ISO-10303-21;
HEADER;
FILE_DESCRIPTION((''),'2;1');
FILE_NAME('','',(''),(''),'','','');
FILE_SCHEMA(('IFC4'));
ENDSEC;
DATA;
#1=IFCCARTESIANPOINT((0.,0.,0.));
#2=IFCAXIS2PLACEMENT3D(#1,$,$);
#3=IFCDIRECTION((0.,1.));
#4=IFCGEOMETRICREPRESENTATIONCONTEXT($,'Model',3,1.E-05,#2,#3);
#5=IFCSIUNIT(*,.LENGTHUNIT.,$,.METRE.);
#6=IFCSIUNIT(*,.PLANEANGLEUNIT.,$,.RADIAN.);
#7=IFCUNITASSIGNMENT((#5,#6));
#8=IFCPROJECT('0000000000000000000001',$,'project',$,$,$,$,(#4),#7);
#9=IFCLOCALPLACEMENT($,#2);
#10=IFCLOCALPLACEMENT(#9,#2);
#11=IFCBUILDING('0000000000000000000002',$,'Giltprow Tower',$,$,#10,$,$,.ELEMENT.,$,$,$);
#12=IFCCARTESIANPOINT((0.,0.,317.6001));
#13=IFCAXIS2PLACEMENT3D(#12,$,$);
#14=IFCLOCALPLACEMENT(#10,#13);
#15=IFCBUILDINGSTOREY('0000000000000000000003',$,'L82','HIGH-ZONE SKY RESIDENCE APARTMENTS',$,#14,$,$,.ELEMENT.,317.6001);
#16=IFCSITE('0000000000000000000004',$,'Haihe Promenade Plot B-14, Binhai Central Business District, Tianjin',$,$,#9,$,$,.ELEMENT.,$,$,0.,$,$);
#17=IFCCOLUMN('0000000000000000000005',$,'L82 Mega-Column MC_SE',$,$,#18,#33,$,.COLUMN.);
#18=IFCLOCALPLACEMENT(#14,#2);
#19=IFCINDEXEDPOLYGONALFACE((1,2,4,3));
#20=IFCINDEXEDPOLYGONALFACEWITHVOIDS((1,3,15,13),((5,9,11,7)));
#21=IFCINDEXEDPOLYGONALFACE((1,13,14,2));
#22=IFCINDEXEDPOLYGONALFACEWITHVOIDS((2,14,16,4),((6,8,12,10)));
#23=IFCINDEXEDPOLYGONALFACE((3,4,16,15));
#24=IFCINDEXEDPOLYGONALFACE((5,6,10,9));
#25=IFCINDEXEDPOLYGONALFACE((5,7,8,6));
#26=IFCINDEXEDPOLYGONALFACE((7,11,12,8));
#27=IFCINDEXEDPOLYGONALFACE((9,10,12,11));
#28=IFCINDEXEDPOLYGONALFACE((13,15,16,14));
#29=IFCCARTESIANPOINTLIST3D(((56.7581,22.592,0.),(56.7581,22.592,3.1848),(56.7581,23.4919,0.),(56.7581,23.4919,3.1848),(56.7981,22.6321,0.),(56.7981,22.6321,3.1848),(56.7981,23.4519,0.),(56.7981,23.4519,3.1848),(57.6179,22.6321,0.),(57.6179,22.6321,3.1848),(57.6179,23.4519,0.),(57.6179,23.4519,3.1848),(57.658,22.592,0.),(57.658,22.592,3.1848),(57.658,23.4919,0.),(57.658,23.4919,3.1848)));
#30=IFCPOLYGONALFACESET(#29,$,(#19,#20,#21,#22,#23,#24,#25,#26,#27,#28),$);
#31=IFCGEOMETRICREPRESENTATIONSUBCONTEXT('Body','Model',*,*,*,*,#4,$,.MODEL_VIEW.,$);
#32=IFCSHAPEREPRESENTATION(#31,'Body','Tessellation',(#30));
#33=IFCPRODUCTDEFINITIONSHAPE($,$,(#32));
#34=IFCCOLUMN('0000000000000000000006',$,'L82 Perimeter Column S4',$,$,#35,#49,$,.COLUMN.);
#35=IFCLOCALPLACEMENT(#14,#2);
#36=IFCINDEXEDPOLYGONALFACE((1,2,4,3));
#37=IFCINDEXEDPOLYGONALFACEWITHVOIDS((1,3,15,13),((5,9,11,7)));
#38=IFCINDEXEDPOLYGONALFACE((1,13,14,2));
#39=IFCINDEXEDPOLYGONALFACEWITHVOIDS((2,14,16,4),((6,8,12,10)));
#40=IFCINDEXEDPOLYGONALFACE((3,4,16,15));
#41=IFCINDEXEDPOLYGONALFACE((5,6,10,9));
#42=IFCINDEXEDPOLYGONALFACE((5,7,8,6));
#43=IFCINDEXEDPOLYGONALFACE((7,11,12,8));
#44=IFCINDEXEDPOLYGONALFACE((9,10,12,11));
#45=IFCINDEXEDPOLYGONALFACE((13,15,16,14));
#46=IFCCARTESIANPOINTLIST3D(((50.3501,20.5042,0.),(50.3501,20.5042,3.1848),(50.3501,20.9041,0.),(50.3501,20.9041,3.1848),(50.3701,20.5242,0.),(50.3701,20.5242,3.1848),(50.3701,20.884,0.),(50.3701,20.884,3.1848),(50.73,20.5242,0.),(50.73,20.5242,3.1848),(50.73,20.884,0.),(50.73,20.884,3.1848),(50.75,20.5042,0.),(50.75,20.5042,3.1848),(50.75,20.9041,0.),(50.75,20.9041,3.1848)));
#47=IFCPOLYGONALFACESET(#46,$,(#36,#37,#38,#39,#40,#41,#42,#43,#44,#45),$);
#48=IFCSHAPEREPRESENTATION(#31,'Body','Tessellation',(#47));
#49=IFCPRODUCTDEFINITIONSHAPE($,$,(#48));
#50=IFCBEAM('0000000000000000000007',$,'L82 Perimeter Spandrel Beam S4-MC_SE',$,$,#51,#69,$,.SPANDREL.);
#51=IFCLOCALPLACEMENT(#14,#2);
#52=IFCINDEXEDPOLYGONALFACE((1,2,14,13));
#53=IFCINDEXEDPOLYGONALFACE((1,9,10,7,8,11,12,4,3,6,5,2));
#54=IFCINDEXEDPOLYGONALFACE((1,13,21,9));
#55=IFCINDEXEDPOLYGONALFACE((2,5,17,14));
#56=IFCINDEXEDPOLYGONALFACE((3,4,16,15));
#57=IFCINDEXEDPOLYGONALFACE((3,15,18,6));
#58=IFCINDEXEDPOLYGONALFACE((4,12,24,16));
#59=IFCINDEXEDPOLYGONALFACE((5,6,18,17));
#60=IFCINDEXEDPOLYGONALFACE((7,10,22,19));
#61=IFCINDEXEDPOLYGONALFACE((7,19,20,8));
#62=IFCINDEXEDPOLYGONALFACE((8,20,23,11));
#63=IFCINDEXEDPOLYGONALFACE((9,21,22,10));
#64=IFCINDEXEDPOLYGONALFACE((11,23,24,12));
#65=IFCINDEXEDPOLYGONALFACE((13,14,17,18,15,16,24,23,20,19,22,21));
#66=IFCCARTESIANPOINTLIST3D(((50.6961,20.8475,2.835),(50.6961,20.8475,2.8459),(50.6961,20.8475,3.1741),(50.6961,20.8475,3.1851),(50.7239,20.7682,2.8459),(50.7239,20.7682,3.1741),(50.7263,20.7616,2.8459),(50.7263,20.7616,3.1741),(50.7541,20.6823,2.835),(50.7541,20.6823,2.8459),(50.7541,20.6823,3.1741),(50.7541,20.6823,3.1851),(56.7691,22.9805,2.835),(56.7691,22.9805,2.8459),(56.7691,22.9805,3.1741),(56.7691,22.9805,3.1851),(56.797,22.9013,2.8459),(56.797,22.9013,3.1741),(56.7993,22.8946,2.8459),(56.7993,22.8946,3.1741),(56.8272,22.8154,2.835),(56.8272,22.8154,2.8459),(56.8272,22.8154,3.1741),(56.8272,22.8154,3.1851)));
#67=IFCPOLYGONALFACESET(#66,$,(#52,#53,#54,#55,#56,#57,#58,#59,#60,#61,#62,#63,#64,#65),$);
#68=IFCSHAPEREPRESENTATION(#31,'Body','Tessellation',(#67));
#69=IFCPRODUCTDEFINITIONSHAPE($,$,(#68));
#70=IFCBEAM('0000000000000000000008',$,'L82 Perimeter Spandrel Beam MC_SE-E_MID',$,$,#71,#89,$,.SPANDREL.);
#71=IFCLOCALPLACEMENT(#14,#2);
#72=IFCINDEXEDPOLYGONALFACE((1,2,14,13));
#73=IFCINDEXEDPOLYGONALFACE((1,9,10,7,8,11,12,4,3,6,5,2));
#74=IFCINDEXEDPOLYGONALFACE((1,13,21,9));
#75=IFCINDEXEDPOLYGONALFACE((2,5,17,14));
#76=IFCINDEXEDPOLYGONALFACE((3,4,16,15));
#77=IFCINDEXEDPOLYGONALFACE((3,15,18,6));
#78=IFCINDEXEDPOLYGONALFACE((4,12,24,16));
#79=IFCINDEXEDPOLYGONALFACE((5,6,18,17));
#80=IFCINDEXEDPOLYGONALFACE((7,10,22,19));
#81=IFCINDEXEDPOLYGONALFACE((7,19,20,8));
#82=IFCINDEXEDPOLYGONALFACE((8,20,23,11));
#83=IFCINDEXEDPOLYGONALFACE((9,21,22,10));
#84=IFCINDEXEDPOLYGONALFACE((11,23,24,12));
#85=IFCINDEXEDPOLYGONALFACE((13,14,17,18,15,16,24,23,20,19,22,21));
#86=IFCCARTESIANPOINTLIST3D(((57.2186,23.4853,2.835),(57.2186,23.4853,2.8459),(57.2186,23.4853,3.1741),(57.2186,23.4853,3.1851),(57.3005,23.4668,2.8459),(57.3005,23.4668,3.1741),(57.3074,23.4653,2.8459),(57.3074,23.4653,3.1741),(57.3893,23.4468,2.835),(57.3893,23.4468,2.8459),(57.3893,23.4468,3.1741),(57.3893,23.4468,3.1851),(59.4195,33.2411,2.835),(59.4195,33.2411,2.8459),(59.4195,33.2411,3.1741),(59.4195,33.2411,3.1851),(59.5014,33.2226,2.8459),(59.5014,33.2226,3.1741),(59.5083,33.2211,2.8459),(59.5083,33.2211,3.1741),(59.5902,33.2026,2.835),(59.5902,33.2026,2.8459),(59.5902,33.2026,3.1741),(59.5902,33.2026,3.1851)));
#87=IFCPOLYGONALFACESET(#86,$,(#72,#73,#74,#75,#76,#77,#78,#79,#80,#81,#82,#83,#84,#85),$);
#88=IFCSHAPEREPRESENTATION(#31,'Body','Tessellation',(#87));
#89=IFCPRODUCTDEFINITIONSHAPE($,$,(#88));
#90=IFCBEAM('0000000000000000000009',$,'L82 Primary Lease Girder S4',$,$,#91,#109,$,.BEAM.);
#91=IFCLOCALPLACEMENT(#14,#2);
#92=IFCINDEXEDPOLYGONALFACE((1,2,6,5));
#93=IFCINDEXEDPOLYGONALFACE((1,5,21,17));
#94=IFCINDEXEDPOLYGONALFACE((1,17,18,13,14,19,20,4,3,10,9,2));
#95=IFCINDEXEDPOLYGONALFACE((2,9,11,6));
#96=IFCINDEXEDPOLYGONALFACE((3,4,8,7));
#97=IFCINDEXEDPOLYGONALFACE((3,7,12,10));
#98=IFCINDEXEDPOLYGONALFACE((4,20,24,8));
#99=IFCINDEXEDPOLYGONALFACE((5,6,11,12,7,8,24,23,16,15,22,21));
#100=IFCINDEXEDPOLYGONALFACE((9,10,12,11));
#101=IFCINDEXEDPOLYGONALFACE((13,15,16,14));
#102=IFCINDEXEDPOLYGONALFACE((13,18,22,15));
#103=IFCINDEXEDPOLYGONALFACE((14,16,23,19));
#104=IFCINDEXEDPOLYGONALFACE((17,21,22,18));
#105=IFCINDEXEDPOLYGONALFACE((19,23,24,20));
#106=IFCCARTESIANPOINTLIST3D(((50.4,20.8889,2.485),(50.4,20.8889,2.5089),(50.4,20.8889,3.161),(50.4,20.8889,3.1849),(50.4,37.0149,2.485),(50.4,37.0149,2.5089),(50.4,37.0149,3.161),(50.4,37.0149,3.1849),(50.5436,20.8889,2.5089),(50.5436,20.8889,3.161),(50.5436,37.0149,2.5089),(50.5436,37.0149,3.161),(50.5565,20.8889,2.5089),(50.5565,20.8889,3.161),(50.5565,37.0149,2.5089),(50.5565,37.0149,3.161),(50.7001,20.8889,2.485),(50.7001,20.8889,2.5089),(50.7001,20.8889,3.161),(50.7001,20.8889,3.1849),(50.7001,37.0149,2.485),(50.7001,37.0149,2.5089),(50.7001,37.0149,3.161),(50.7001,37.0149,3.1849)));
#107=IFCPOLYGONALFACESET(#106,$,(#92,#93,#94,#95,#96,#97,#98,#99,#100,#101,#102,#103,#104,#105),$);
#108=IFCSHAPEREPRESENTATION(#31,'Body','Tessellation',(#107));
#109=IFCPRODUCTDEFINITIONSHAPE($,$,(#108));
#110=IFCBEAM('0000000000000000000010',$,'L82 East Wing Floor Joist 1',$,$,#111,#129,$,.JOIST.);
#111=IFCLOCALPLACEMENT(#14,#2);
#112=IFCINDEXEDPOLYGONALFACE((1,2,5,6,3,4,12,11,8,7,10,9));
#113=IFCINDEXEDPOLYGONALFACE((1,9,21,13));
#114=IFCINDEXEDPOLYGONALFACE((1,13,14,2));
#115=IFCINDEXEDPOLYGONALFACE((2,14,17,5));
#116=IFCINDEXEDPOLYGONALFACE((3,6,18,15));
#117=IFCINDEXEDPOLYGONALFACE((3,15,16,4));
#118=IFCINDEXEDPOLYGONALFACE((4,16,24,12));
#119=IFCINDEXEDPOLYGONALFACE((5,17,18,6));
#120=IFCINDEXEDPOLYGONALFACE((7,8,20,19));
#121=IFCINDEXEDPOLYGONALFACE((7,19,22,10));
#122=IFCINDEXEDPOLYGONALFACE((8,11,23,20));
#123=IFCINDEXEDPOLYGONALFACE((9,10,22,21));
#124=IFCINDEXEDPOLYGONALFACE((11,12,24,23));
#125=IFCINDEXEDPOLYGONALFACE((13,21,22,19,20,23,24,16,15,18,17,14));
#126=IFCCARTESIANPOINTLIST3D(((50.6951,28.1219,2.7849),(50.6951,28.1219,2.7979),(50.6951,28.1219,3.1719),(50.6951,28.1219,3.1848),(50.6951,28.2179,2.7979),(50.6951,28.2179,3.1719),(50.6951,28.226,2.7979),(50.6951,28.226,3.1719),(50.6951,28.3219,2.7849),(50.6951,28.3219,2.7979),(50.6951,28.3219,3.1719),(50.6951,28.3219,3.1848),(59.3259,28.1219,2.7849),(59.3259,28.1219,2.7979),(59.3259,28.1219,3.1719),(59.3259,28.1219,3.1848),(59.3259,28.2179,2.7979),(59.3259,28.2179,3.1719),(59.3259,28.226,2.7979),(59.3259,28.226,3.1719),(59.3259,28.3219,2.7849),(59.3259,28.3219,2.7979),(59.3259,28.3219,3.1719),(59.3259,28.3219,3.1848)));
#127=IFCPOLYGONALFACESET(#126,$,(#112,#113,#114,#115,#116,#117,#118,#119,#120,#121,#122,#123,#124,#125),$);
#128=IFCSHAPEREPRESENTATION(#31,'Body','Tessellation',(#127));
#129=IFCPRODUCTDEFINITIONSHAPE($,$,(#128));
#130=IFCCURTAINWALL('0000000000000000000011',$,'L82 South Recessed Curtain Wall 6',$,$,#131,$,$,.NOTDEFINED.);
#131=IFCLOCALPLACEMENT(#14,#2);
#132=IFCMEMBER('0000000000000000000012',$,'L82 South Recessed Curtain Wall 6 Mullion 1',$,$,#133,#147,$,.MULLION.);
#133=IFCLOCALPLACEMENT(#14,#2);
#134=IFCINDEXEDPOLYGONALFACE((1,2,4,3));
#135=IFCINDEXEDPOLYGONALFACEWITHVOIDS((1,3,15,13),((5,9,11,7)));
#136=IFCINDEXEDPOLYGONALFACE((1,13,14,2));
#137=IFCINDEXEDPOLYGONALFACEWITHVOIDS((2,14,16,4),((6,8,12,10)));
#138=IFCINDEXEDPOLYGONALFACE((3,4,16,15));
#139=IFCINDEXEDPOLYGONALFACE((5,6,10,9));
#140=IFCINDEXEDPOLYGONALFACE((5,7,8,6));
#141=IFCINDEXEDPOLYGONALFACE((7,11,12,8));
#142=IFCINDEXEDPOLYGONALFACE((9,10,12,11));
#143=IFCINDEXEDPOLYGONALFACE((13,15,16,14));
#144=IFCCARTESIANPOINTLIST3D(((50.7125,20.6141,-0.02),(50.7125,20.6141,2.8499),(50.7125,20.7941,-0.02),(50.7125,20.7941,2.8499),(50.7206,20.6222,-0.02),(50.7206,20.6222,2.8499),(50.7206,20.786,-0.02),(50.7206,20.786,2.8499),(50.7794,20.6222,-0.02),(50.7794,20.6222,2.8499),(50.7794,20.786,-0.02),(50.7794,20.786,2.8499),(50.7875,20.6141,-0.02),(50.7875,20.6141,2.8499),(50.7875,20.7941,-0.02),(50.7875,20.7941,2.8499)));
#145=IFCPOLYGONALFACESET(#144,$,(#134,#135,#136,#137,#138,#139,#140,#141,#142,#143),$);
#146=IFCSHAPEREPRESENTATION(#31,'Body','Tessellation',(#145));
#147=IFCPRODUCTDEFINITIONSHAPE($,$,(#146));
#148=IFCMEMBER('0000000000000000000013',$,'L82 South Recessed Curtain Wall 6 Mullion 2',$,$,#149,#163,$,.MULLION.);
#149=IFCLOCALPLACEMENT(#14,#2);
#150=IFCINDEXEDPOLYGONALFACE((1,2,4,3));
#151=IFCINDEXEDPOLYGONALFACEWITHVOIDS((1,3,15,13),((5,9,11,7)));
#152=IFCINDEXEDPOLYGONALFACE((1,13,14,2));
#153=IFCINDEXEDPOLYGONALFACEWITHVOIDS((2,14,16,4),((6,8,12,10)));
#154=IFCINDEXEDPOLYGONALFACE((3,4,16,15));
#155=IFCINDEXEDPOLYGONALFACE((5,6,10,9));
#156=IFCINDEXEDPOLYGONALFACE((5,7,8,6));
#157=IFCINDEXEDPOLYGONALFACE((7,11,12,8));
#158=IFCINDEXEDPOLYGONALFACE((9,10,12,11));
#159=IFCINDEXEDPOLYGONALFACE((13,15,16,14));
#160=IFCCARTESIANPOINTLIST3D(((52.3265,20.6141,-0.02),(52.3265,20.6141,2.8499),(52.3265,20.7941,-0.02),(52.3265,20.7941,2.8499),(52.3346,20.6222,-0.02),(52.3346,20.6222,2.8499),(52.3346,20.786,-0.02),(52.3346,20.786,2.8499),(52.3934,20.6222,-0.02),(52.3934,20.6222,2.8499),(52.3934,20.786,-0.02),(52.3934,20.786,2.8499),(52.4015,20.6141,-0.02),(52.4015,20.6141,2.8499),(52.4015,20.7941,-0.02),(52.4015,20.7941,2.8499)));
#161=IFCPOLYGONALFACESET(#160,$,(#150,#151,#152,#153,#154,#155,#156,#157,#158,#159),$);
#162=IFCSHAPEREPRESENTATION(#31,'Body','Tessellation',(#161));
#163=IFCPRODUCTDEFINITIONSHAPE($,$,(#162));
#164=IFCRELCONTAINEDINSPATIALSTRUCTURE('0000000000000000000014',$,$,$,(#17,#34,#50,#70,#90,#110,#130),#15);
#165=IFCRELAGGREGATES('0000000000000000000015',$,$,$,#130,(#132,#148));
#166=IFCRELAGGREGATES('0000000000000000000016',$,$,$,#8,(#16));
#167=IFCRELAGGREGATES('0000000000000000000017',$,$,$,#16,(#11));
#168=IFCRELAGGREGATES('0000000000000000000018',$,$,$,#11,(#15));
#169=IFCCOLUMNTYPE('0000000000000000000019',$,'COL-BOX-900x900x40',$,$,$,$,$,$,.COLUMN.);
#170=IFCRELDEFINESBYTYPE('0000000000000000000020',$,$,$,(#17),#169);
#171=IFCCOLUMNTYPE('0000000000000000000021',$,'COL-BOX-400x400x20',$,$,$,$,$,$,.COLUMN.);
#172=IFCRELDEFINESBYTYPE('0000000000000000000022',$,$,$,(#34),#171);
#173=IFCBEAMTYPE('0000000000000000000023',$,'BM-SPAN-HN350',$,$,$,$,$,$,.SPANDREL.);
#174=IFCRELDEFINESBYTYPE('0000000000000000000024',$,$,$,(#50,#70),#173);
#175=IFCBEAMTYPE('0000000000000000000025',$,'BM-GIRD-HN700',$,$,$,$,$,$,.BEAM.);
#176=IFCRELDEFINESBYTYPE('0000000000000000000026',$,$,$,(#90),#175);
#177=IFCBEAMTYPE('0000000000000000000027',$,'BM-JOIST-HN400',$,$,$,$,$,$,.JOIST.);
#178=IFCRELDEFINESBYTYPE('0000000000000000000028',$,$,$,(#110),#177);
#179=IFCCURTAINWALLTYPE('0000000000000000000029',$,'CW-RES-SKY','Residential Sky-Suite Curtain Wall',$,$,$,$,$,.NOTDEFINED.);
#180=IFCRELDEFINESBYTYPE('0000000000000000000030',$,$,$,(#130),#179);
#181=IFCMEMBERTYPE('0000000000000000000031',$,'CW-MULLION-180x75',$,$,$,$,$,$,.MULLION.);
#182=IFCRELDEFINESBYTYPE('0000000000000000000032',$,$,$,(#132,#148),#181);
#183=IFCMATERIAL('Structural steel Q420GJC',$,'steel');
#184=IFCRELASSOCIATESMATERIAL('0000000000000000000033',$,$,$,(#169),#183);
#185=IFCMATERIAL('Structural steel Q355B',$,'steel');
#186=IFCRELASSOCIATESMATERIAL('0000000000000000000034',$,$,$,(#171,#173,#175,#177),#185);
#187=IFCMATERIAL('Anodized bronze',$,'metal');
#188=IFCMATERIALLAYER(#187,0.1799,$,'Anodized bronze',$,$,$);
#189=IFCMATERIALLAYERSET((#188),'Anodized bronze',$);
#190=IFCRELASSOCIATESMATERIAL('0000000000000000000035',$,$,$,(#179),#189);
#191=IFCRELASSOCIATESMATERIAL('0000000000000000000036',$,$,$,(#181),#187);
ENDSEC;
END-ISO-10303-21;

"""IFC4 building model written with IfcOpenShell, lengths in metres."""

from ifc_helpers import new_model, si_unit, direction, frame, origin, origin_2d, place, context, subcontext, project, spatial, hollow_rectangle, i_section, extrude, source, transform, mapped, material, layer, layer_set, material_profile, profile_set, type_object, element, aggregate, save


model = new_model("IFC4")

# Units and contexts
model_context = context("Model", 3, precision=1e-05, world=origin(), true_north=direction((0.0, 1.0)))
body_context = subcontext(model_context, "Body", "Model", "MODEL_VIEW")
ifc_project = project(units=[si_unit("LENGTHUNIT", "METRE"), si_unit("PLANEANGLEUNIT", "RADIAN")], contexts=[model_context])

# Site, building, storey
site_placement = place(None, origin())
site = spatial("IfcSite", under=ifc_project, at=site_placement, Name="Haihe Promenade Plot B-14, Binhai Central Business District, Tianjin", CompositionType="ELEMENT", RefElevation=0.0)
building_placement = place(site_placement, origin())
building = spatial("IfcBuilding", under=site, at=building_placement, Name="Giltprow Tower", CompositionType="ELEMENT")
storey_placement = place(building_placement, frame((0.0, 0.0, 317.6001)))
storey = spatial("IfcBuildingStorey", under=building, at=storey_placement, Name="L82", Description="HIGH-ZONE SKY RESIDENCE APARTMENTS", CompositionType="ELEMENT", Elevation=317.6001)

# Columns
ifc_material_1 = material(Name="Structural steel Q420GJC", Category="steel")
ifc_material_profile_1 = material_profile(ifc_material_1, hollow_rectangle(XDim=0.8999, YDim=0.8999, WallThickness=0.04, at=origin_2d()), Name="BOX 900x900x40")
ifc_profile_set_1 = profile_set([ifc_material_profile_1], Name="Structural steel Q420GJC")
column_type_1 = type_object("IfcColumnType", Name="COL-BOX-900x900x40", PredefinedType="COLUMN", material=ifc_profile_set_1)
shared_shape_1 = source(origin(), body_context, "Body", "SweptSolid", [
    extrude(hollow_rectangle(XDim=0.8999, YDim=0.8999, WallThickness=0.04, at=origin_2d()), origin(), (0.0, 0.0, 1.0), 3.1848),
])
column_1_placement = place(storey_placement, frame((57.208, 23.042, 0.0), z_axis=(0.0, 0.0, 1.0), x_axis=(1.0, 0.0, 0.0)))
element("IfcColumn", 1, at=column_1_placement, inside=storey, type_object=column_type_1, Name="L82 Mega-Column MC_SE", PredefinedType="COLUMN", context=body_context, shape_type="MappedRepresentation", body=[
    mapped(shared_shape_1, transform((0.0, 0.0, 0.0), x_axis=(1.0, 0.0, 0.0), y_axis=(0.0, 1.0, 0.0), z_axis=(0.0, 0.0, 1.0), scale=1.0)),
])
ifc_material_2 = material(Name="Structural steel Q355B", Category="steel")
ifc_material_profile_2 = material_profile(ifc_material_2, hollow_rectangle(XDim=0.3999, YDim=0.3999, WallThickness=0.02, at=origin_2d()), Name="BOX 400x400x20")
ifc_profile_set_2 = profile_set([ifc_material_profile_2], Name="Structural steel Q355B")
column_type_2 = type_object("IfcColumnType", Name="COL-BOX-400x400x20", PredefinedType="COLUMN", material=ifc_profile_set_2)
shared_shape_2 = source(origin(), body_context, "Body", "SweptSolid", [
    extrude(hollow_rectangle(XDim=0.3999, YDim=0.3999, WallThickness=0.02, at=origin_2d()), origin(), (0.0, 0.0, 1.0), 3.1848),
])
column_2_placement = place(storey_placement, frame((50.55, 20.7041, 0.0), z_axis=(0.0, 0.0, 1.0), x_axis=(1.0, 0.0, 0.0)))
element("IfcColumn", 2, at=column_2_placement, inside=storey, type_object=column_type_2, Name="L82 Perimeter Column S4", PredefinedType="COLUMN", context=body_context, shape_type="MappedRepresentation", body=[
    mapped(shared_shape_2, transform((0.0, 0.0, 0.0), x_axis=(1.0, 0.0, 0.0), y_axis=(0.0, 1.0, 0.0), z_axis=(0.0, 0.0, 1.0), scale=1.0)),
])

# Beams
ifc_material_profile_3 = material_profile(ifc_material_2, i_section(OverallWidth=0.175, OverallDepth=0.3501, WebThickness=0.0071, FlangeThickness=0.011, at=origin_2d()), Name="HN 350x175x7x11")
ifc_profile_set_3 = profile_set([ifc_material_profile_3], Name="Structural steel Q355B")
beam_type_1 = type_object("IfcBeamType", Name="BM-SPAN-HN350", PredefinedType="SPANDREL", material=ifc_profile_set_3)
shared_shape_3 = source(origin(), body_context, "Body", "SweptSolid", [
    extrude(i_section(OverallWidth=0.175, OverallDepth=0.3501, WebThickness=0.0071, FlangeThickness=0.011, at=origin_2d()), origin(), (0.0, 0.0, 1.0), 6.4368),
])
beam_1_placement = place(storey_placement, frame((50.7251, 20.7649, 3.01), z_axis=(0.943494, 0.331389, 0.0), x_axis=(-0.331389, 0.943494, 0.0)))
element("IfcBeam", 3, at=beam_1_placement, inside=storey, type_object=beam_type_1, Name="L82 Perimeter Spandrel Beam S4-MC_SE", PredefinedType="SPANDREL", context=body_context, shape_type="MappedRepresentation", body=[
    mapped(shared_shape_3, transform((0.0, 0.0, 0.0), x_axis=(1.0, 0.0, 0.0), y_axis=(0.0, 1.0, 0.0), z_axis=(0.0, 0.0, 1.0), scale=1.0)),
])
shared_shape_4 = source(origin(), body_context, "Body", "SweptSolid", [
    extrude(i_section(OverallWidth=0.175, OverallDepth=0.3501, WebThickness=0.0071, FlangeThickness=0.011, at=origin_2d()), origin(), (0.0, 0.0, 1.0), 10.001),
])
beam_2_placement = place(storey_placement, frame((57.304, 23.4661, 3.01), z_axis=(0.22007, 0.975484, 0.0), x_axis=(-0.975484, 0.22007, 0.0)))
element("IfcBeam", 4, at=beam_2_placement, inside=storey, type_object=beam_type_1, Name="L82 Perimeter Spandrel Beam MC_SE-E_MID", PredefinedType="SPANDREL", context=body_context, shape_type="MappedRepresentation", body=[
    mapped(shared_shape_4, transform((0.0, 0.0, 0.0), x_axis=(1.0, 0.0, 0.0), y_axis=(0.0, 1.0, 0.0), z_axis=(0.0, 0.0, 1.0), scale=1.0)),
])
ifc_material_profile_4 = material_profile(ifc_material_2, i_section(OverallWidth=0.3, OverallDepth=0.7, WebThickness=0.0129, FlangeThickness=0.0239, at=origin_2d()), Name="HN 700x300x13x24")
ifc_profile_set_4 = profile_set([ifc_material_profile_4], Name="Structural steel Q355B")
beam_type_2 = type_object("IfcBeamType", Name="BM-GIRD-HN700", PredefinedType="BEAM", material=ifc_profile_set_4)
shared_shape_5 = source(origin(), body_context, "Body", "SweptSolid", [
    extrude(i_section(OverallWidth=0.3, OverallDepth=0.7, WebThickness=0.0129, FlangeThickness=0.0239, at=origin_2d()), origin(), (0.0, 0.0, 1.0), 16.126),
])
beam_3_placement = place(storey_placement, frame((50.55, 20.8889, 2.835), z_axis=(0.0, 1.0, 0.0), x_axis=(-1.0, 0.0, 0.0)))
element("IfcBeam", 5, at=beam_3_placement, inside=storey, type_object=beam_type_2, Name="L82 Primary Lease Girder S4", PredefinedType="BEAM", context=body_context, shape_type="MappedRepresentation", body=[
    mapped(shared_shape_5, transform((0.0, 0.0, 0.0), x_axis=(1.0, 0.0, 0.0), y_axis=(0.0, 1.0, 0.0), z_axis=(0.0, 0.0, 1.0), scale=1.0)),
])
ifc_material_profile_5 = material_profile(ifc_material_2, i_section(OverallWidth=0.2, OverallDepth=0.3999, WebThickness=0.0081, FlangeThickness=0.0129, at=origin_2d()), Name="HN 400x200x8x13")
ifc_profile_set_5 = profile_set([ifc_material_profile_5], Name="Structural steel Q355B")
beam_type_3 = type_object("IfcBeamType", Name="BM-JOIST-HN400", PredefinedType="JOIST", material=ifc_profile_set_5)
shared_shape_6 = source(origin(), body_context, "Body", "SweptSolid", [
    extrude(i_section(OverallWidth=0.2, OverallDepth=0.3999, WebThickness=0.0081, FlangeThickness=0.0129, at=origin_2d()), origin(), (0.0, 0.0, 1.0), 8.6309),
])
beam_4_placement = place(storey_placement, frame((50.6951, 28.2219, 2.9849), z_axis=(1.0, 0.0, 0.0), x_axis=(0.0, 1.0, 0.0)))
element("IfcBeam", 6, at=beam_4_placement, inside=storey, type_object=beam_type_3, Name="L82 East Wing Floor Joist 1", PredefinedType="JOIST", context=body_context, shape_type="MappedRepresentation", body=[
    mapped(shared_shape_6, transform((0.0, 0.0, 0.0), x_axis=(1.0, 0.0, 0.0), y_axis=(0.0, 1.0, 0.0), z_axis=(0.0, 0.0, 1.0), scale=1.0)),
])

# Curtain wall, members
ifc_material_3 = material(Name="Anodized bronze", Category="metal")
ifc_layer_1 = layer(ifc_material_3, 0.1799, Name="Anodized bronze")
ifc_layer_set_1 = layer_set([ifc_layer_1], Name="Anodized bronze")
curtain_wall_type = type_object("IfcCurtainWallType", Name="CW-RES-SKY", Description="Residential Sky-Suite Curtain Wall", PredefinedType="NOTDEFINED", material=ifc_layer_set_1)
curtain_wall_placement = place(storey_placement, origin())
curtain_wall = element("IfcCurtainWall", 7, at=curtain_wall_placement, inside=storey, type_object=curtain_wall_type, Name="L82 South Recessed Curtain Wall 6", PredefinedType="NOTDEFINED")
ifc_material_profile_6 = material_profile(ifc_material_3, hollow_rectangle(XDim=0.075, YDim=0.1799, WallThickness=0.0081, at=origin_2d()), Name="RHS 180x75x8")
ifc_profile_set_6 = profile_set([ifc_material_profile_6], Name="Anodized bronze")
member_type_1 = type_object("IfcMemberType", Name="CW-MULLION-180x75", PredefinedType="MULLION", material=ifc_profile_set_6)
shared_shape_7 = source(origin(), body_context, "Body", "SweptSolid", [
    extrude(hollow_rectangle(XDim=0.075, YDim=0.1799, WallThickness=0.0081, at=origin_2d()), origin(), (0.0, 0.0, 1.0), 2.8699),
])
member_1_placement = place(storey_placement, frame((50.75, 20.7041, -0.02), z_axis=(0.0, 0.0, 1.0), x_axis=(1.0, 0.0, 0.0)))
member_1 = element("IfcMember", 8, at=member_1_placement, type_object=member_type_1, Name="L82 South Recessed Curtain Wall 6 Mullion 1", PredefinedType="MULLION", context=body_context, shape_type="MappedRepresentation", body=[
    mapped(shared_shape_7, transform((0.0, 0.0, 0.0), x_axis=(1.0, 0.0, 0.0), y_axis=(0.0, 1.0, 0.0), z_axis=(0.0, 0.0, 1.0), scale=1.0)),
])
member_2_placement = place(storey_placement, frame((52.364, 20.7041, -0.02), z_axis=(0.0, 0.0, 1.0), x_axis=(1.0, 0.0, 0.0)))
member_2 = element("IfcMember", 9, at=member_2_placement, type_object=member_type_1, Name="L82 South Recessed Curtain Wall 6 Mullion 2", PredefinedType="MULLION", context=body_context, shape_type="MappedRepresentation", body=[
    mapped(shared_shape_7, transform((0.0, 0.0, 0.0), x_axis=(1.0, 0.0, 0.0), y_axis=(0.0, 1.0, 0.0), z_axis=(0.0, 0.0, 1.0), scale=1.0)),
])

aggregate(curtain_wall, [member_1, member_2])

save(model, "model.ifc")
